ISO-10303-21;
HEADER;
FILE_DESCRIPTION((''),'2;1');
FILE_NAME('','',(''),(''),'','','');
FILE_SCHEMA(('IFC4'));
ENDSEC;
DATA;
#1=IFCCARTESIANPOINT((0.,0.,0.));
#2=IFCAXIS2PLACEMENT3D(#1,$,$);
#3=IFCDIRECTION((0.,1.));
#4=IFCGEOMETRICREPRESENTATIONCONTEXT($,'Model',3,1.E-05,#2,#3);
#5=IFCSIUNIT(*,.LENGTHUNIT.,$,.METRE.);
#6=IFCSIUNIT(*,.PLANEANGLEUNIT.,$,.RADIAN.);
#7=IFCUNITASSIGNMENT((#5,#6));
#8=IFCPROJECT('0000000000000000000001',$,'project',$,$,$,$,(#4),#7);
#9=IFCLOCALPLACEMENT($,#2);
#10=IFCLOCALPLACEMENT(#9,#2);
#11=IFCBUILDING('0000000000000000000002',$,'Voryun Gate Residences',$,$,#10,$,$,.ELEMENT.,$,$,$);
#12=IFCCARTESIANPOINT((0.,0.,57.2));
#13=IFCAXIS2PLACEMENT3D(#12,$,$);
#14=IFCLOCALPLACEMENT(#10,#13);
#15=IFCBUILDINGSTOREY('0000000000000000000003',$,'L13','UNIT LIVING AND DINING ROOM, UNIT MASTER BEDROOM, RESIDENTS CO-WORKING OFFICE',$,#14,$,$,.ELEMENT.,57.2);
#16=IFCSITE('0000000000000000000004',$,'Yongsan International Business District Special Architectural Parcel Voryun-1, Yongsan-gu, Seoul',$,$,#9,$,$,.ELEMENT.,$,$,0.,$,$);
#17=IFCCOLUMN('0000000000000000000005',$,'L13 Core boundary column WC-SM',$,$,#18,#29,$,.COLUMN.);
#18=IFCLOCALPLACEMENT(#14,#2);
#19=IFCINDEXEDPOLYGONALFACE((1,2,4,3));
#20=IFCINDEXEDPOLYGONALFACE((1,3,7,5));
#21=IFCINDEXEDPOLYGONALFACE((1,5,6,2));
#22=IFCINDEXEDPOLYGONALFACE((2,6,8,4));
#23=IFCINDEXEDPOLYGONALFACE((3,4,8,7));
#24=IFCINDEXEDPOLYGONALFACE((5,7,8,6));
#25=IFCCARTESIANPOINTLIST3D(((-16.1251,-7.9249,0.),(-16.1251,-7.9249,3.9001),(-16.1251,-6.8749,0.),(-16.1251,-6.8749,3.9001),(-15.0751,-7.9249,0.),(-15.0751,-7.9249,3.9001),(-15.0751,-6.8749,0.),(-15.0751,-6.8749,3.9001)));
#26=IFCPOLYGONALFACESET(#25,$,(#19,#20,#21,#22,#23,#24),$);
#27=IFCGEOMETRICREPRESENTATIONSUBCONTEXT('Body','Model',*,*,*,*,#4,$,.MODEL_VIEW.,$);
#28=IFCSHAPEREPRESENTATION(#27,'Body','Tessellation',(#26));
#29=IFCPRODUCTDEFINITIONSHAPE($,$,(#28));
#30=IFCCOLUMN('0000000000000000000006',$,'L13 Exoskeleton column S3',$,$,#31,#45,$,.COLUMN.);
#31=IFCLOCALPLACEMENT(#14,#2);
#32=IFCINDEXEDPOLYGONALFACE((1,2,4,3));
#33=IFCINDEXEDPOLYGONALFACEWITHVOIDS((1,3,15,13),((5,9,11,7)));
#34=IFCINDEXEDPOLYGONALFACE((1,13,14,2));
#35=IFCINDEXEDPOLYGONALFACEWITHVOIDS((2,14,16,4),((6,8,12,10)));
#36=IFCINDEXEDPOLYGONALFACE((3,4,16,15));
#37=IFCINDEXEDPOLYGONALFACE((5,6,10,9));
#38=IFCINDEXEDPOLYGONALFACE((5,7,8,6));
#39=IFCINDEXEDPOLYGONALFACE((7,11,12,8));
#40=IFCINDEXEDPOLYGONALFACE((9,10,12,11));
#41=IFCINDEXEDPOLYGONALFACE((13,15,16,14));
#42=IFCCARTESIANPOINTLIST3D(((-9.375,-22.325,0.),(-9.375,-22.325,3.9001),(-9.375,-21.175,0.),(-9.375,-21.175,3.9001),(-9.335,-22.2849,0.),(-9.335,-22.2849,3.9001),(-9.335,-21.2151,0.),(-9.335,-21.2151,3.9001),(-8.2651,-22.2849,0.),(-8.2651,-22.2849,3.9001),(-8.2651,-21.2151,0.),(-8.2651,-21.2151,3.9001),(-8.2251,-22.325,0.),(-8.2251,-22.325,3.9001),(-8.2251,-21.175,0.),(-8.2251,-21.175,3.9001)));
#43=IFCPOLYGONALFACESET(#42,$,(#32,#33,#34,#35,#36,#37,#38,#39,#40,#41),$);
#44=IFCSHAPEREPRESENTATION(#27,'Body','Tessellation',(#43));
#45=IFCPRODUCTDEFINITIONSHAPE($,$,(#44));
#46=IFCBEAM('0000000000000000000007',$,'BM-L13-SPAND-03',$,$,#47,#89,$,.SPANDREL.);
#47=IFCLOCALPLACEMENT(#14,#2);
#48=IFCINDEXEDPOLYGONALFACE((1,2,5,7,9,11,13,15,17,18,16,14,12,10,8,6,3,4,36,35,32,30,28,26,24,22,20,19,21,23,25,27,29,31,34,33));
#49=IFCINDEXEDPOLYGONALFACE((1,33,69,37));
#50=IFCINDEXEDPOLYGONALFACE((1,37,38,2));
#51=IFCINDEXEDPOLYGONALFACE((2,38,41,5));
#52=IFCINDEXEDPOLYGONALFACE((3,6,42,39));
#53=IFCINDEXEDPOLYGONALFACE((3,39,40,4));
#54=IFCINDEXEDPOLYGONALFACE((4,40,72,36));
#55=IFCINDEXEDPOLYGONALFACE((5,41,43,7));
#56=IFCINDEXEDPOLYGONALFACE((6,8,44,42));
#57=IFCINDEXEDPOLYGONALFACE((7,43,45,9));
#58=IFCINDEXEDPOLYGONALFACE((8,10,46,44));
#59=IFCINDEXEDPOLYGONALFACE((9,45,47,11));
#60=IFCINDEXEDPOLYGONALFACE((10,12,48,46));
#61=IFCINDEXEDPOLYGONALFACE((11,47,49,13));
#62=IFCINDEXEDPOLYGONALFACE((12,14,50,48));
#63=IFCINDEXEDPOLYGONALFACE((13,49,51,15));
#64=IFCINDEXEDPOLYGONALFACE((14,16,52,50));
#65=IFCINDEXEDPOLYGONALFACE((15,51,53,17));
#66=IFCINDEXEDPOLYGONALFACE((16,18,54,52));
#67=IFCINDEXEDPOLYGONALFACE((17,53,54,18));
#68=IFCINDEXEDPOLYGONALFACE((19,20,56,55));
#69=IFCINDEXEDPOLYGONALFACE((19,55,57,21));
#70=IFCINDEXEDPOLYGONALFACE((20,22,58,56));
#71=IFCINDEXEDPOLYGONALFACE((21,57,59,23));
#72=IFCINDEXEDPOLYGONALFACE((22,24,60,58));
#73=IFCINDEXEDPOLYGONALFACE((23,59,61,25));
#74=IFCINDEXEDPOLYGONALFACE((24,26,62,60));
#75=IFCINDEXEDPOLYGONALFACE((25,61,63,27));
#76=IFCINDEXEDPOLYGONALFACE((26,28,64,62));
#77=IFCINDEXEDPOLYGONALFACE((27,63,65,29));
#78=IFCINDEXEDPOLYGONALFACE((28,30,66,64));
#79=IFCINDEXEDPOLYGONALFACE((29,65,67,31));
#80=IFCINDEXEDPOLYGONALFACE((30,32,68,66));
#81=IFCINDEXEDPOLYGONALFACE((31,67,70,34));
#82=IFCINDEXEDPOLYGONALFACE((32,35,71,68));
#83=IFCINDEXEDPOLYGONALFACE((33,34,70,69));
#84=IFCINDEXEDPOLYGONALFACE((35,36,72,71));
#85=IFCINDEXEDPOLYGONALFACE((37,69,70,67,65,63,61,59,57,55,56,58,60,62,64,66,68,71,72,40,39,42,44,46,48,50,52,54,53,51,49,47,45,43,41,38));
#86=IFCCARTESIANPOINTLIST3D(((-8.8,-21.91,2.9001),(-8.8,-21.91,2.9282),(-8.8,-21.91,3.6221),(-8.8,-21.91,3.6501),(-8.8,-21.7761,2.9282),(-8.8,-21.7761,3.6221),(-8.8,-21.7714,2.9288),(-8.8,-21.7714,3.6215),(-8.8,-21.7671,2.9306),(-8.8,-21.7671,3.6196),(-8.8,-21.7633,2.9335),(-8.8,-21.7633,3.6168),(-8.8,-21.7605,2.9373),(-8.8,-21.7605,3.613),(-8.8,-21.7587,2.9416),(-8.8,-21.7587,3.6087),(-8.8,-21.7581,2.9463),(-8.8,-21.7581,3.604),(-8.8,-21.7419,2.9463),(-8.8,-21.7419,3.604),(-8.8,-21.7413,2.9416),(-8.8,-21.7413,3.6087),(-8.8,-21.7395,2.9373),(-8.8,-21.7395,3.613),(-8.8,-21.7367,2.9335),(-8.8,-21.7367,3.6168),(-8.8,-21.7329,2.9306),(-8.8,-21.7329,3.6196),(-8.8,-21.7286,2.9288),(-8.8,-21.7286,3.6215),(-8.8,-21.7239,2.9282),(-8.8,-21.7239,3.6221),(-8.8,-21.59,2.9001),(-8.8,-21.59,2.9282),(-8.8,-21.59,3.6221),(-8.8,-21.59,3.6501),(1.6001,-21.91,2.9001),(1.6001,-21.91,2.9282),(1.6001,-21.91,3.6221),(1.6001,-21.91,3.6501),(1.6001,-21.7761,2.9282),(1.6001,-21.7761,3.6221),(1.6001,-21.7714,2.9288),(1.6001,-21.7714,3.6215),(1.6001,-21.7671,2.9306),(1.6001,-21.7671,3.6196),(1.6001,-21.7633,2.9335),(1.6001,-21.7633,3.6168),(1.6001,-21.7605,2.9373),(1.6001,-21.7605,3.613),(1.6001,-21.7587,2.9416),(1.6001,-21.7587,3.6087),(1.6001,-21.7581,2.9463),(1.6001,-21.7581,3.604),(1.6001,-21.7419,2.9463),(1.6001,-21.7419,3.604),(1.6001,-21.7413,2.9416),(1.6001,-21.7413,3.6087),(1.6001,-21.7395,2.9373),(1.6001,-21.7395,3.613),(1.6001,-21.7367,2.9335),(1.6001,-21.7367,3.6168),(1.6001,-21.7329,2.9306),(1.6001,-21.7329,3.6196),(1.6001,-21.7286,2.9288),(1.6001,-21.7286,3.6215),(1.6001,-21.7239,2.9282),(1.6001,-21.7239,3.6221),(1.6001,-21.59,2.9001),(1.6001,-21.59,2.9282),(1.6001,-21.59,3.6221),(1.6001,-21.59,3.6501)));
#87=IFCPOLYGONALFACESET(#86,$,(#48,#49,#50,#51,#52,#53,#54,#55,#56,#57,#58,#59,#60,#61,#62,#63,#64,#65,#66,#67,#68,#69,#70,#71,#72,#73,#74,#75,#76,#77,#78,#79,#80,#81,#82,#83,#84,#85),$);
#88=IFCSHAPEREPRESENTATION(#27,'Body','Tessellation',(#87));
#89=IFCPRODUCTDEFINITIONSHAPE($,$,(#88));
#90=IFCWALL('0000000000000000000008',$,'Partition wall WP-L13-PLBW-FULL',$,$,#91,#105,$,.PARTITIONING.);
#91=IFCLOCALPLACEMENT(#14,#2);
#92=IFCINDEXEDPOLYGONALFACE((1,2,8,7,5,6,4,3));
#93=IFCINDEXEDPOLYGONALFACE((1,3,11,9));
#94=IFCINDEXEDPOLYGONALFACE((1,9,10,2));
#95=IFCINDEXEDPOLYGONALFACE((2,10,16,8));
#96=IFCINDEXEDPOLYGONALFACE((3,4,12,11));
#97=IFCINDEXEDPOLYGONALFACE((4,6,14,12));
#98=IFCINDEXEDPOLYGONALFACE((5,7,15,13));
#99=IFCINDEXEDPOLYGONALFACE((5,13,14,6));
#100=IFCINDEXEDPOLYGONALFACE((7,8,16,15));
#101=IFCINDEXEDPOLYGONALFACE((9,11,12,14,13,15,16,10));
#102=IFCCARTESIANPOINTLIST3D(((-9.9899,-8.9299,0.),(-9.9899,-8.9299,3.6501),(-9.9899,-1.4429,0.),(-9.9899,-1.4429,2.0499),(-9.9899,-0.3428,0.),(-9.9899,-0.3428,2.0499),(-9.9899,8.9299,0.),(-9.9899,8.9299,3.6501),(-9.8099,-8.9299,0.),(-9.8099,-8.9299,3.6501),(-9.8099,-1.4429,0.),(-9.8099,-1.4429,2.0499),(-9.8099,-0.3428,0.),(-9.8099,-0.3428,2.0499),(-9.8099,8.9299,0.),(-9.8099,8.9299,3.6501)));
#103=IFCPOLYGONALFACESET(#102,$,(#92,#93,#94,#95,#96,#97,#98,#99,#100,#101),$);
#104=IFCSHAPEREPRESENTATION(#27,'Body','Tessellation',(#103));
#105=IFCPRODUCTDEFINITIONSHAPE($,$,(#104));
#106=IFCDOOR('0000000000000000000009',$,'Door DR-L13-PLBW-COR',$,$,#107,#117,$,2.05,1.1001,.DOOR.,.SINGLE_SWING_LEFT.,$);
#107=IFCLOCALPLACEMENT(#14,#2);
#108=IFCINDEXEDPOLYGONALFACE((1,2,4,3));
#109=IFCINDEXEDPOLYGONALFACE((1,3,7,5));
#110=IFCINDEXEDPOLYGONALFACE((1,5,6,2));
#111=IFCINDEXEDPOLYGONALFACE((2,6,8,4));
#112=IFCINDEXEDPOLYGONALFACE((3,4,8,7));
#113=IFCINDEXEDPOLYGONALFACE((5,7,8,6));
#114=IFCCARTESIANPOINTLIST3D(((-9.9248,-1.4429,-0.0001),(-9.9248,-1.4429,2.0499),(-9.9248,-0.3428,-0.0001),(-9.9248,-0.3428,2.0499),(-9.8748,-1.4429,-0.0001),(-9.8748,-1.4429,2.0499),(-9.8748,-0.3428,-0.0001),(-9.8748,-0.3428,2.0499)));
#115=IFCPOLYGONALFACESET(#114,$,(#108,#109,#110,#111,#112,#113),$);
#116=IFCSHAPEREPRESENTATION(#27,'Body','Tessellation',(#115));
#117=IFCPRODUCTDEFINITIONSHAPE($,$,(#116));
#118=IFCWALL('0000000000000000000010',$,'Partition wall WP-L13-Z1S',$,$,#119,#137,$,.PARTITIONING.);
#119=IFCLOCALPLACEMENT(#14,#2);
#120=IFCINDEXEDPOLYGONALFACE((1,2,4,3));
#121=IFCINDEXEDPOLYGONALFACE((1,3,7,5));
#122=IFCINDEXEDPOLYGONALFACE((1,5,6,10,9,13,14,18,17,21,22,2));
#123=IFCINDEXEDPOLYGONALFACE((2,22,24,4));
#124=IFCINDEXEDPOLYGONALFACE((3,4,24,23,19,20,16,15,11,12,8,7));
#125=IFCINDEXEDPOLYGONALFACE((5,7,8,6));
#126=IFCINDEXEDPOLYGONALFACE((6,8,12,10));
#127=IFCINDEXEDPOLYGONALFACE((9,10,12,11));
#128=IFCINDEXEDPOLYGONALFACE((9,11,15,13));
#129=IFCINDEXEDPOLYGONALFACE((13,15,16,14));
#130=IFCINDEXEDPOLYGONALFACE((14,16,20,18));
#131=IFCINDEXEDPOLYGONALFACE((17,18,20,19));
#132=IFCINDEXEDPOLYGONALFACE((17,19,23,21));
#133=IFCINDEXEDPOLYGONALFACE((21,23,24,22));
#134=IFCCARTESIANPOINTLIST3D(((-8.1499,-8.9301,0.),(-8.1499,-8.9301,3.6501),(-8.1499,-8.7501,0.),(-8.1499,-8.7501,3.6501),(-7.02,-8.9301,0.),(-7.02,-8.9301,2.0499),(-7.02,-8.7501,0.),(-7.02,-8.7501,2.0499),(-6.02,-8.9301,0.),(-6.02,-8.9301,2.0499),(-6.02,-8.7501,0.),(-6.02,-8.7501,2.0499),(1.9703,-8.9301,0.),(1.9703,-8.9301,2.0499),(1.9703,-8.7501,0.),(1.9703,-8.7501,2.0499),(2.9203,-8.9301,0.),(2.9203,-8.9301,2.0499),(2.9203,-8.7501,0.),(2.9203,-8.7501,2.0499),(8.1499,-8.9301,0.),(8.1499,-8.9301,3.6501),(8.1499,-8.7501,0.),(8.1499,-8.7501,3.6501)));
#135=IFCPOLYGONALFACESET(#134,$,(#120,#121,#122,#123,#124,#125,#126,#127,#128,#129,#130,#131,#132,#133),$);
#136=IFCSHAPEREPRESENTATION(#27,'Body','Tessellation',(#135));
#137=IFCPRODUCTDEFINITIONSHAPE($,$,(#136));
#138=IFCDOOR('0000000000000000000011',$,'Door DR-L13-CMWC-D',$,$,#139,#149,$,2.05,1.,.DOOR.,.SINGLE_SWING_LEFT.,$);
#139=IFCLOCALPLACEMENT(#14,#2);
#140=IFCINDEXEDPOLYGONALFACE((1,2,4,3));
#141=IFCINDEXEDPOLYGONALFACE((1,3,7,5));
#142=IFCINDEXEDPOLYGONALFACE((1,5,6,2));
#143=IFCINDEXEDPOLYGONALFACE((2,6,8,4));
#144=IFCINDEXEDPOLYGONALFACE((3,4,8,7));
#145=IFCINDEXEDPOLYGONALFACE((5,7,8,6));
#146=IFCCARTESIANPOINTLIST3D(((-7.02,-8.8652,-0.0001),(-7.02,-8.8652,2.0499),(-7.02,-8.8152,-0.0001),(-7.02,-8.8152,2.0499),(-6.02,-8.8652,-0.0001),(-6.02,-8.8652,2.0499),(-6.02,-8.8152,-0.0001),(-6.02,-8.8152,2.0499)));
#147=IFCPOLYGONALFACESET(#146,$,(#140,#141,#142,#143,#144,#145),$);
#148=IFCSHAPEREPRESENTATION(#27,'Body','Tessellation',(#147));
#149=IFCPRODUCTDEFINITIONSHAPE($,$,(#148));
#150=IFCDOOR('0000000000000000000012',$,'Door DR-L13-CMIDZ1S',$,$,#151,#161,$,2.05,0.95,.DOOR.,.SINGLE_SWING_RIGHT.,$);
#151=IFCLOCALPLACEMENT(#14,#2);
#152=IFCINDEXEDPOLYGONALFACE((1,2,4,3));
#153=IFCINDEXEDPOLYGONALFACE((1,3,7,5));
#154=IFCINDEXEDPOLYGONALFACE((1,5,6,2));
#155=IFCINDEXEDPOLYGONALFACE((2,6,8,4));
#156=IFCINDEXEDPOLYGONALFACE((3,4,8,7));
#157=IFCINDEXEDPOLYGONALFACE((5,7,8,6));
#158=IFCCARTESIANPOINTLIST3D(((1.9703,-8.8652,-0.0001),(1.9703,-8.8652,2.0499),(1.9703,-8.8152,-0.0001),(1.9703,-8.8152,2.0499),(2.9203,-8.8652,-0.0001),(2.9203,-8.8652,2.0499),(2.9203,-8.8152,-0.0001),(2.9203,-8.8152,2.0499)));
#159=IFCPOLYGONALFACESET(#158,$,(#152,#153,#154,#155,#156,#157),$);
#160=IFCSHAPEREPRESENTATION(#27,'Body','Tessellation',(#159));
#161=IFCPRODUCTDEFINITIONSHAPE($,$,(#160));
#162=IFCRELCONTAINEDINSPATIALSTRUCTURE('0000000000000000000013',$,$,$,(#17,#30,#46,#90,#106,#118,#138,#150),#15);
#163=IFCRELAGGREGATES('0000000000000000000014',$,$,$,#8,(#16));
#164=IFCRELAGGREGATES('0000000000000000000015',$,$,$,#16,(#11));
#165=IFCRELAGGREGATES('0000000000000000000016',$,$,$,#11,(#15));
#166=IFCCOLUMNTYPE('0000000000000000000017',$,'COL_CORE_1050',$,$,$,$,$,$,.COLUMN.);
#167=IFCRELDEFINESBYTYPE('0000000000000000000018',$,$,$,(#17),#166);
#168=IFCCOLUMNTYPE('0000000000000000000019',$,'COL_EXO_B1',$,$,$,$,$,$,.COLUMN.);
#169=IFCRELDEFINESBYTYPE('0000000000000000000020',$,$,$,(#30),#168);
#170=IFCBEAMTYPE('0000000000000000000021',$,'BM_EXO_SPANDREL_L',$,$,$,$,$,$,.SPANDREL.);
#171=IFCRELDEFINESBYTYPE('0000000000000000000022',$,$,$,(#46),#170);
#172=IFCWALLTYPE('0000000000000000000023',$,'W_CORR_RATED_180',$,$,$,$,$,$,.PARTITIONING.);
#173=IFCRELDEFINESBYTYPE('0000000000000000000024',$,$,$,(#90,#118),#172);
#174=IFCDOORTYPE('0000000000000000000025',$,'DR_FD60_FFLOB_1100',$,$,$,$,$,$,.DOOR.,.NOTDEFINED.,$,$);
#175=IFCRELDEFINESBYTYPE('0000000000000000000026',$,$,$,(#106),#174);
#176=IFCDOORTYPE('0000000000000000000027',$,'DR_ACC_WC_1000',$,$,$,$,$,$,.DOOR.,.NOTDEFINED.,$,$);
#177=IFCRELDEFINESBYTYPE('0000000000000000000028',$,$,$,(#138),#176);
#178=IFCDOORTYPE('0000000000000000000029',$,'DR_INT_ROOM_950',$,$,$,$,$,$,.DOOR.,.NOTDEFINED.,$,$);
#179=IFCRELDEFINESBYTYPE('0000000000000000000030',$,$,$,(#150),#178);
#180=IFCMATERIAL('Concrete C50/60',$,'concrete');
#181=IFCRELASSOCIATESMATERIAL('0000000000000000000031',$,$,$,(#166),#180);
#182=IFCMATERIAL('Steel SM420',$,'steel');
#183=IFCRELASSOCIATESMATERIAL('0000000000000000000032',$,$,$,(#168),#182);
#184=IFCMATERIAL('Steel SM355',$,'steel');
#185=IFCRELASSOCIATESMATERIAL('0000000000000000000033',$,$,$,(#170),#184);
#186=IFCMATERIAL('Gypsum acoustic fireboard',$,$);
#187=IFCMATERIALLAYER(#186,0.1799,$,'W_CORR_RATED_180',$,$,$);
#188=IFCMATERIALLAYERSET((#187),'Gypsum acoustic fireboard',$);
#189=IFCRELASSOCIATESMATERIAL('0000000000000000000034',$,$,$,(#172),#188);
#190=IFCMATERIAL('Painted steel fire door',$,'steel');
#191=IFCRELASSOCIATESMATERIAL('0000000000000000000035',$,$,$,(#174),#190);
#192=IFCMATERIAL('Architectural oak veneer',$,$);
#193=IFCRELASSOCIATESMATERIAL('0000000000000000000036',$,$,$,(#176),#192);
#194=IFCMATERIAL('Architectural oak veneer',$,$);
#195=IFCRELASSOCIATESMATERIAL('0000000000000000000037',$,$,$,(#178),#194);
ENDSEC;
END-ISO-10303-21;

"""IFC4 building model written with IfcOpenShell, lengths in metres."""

from ifc_helpers import new_model, si_unit, direction, frame, frame_2d, origin, origin_2d, place, context, subcontext, project, spatial, rectangle, hollow_rectangle, i_section, extrude, material, layer, layer_set, material_profile, profile_set, type_object, element, fill, save


model = new_model("IFC4")

# Units and contexts
model_context = context("Model", 3, precision=1e-05, world=origin(), true_north=direction((0.0, 1.0)))
body_context = subcontext(model_context, "Body", "Model", "MODEL_VIEW")
ifc_project = project(units=[si_unit("LENGTHUNIT", "METRE"), si_unit("PLANEANGLEUNIT", "RADIAN")], contexts=[model_context])

# Site, building, storey
site_placement = place(None, origin())
site = spatial("IfcSite", under=ifc_project, at=site_placement, Name="Yongsan International Business District Special Architectural Parcel Voryun-1, Yongsan-gu, Seoul", CompositionType="ELEMENT", RefElevation=0.0)
building_placement = place(site_placement, origin())
building = spatial("IfcBuilding", under=site, at=building_placement, Name="Voryun Gate Residences", CompositionType="ELEMENT")
storey_placement = place(building_placement, frame((0.0, 0.0, 57.2)))
storey = spatial("IfcBuildingStorey", under=building, at=storey_placement, Name="L13", Description="UNIT LIVING AND DINING ROOM, UNIT MASTER BEDROOM, RESIDENTS CO-WORKING OFFICE", CompositionType="ELEMENT", Elevation=57.2)

# Columns
ifc_material_1 = material(Name="Concrete C50/60", Category="concrete")
ifc_material_profile_1 = material_profile(ifc_material_1, rectangle(XDim=1.05, YDim=1.05, at=origin_2d()), Name="RC-1050x1050")
ifc_profile_set_1 = profile_set([ifc_material_profile_1], Name="Concrete C50/60")
column_type_1 = type_object("IfcColumnType", Name="COL_CORE_1050", PredefinedType="COLUMN", material=ifc_profile_set_1)
column_1_placement = place(storey_placement, frame((-15.6001, -7.3999, 0.0), z_axis=(0.0, 0.0, 1.0), x_axis=(1.0, 0.0, 0.0)))
element("IfcColumn", 1, at=column_1_placement, inside=storey, type_object=column_type_1, Name="L13 Core boundary column WC-SM", PredefinedType="COLUMN", context=body_context, shape_type="SweptSolid", body=[
    extrude(rectangle(XDim=1.05, YDim=1.05, at=origin_2d()), origin(), (0.0, 0.0, 1.0), 3.9001),
])
ifc_material_2 = material(Name="Steel SM420", Category="steel")
ifc_material_profile_2 = material_profile(ifc_material_2, hollow_rectangle(XDim=1.1499, YDim=1.1499, WallThickness=0.04, at=origin_2d()), Name="BOX-1150x1150x40")
ifc_profile_set_2 = profile_set([ifc_material_profile_2], Name="Steel SM420")
column_type_2 = type_object("IfcColumnType", Name="COL_EXO_B1", PredefinedType="COLUMN", material=ifc_profile_set_2)
column_2_placement = place(storey_placement, frame((-8.8, -21.75, 0.0), z_axis=(0.0, 0.0, 1.0), x_axis=(1.0, 0.0, 0.0)))
element("IfcColumn", 2, at=column_2_placement, inside=storey, type_object=column_type_2, Name="L13 Exoskeleton column S3", PredefinedType="COLUMN", context=body_context, shape_type="SweptSolid", body=[
    extrude(hollow_rectangle(XDim=1.1499, YDim=1.1499, WallThickness=0.04, at=origin_2d()), origin(), (0.0, 0.0, 1.0), 3.9001),
])

# Beam
ifc_material_3 = material(Name="Steel SM355", Category="steel")
ifc_material_profile_3 = material_profile(ifc_material_3, i_section(OverallWidth=0.3201, OverallDepth=0.75, WebThickness=0.0161, FlangeThickness=0.0281, FilletRadius=0.0181, at=origin_2d()), Name="H-750x320x16x28")
ifc_profile_set_3 = profile_set([ifc_material_profile_3], Name="Steel SM355")
beam_type = type_object("IfcBeamType", Name="BM_EXO_SPANDREL_L", PredefinedType="SPANDREL", material=ifc_profile_set_3)
beam_placement = place(storey_placement, frame((-8.8, -21.75, 3.2751), z_axis=(1.0, 0.0, 0.0), x_axis=(0.0, 1.0, 0.0)))
element("IfcBeam", 3, at=beam_placement, inside=storey, type_object=beam_type, Name="BM-L13-SPAND-03", PredefinedType="SPANDREL", context=body_context, shape_type="SweptSolid", body=[
    extrude(i_section(OverallWidth=0.3201, OverallDepth=0.75, WebThickness=0.0161, FlangeThickness=0.0281, FilletRadius=0.0181, at=origin_2d()), origin(), (0.0, 0.0, 1.0), 10.4001),
])

# Wall, opening, door
ifc_material_4 = material(Name="Gypsum acoustic fireboard")
ifc_layer_1 = layer(ifc_material_4, 0.1799, Name="W_CORR_RATED_180")
ifc_layer_set_1 = layer_set([ifc_layer_1], Name="Gypsum acoustic fireboard")
wall_type_1 = type_object("IfcWallType", Name="W_CORR_RATED_180", PredefinedType="PARTITIONING", material=ifc_layer_set_1)
wall_1_placement = place(storey_placement, frame((-9.8999, -8.9299, 0.0), z_axis=(0.0, 0.0, 1.0), x_axis=(0.0, 1.0, 0.0)))
wall_1 = element("IfcWall", 4, at=wall_1_placement, inside=storey, type_object=wall_type_1, Name="Partition wall WP-L13-PLBW-FULL", PredefinedType="PARTITIONING", context=body_context, shape_type="SweptSolid", body=[
    extrude(rectangle(XDim=17.8599, YDim=0.1799, at=frame_2d((8.9299, 0.0))), origin(), (0.0, 0.0, 1.0), 3.6501),
])
opening_1_placement = place(wall_1_placement, frame((7.4871, 0.0, 0.0)))
opening_1 = element("IfcOpeningElement", 5, at=opening_1_placement, cuts=wall_1, PredefinedType="OPENING", context=body_context, shape_type="SweptSolid", body=[
    extrude(rectangle(XDim=1.1001, YDim=2.05, at=frame_2d((0.55, 1.0249))), frame((0.0, 0.0999, 0.0), z_axis=(0.0, -1.0, 0.0), x_axis=(1.0, 0.0, 0.0)), (0.0, 0.0, 1.0), 0.2),
])
ifc_material_5 = material(Name="Painted steel fire door", Category="steel")
door_type_1 = type_object("IfcDoorType", Name="DR_FD60_FFLOB_1100", OperationType="NOTDEFINED", PredefinedType="DOOR", material=ifc_material_5)
door_1_placement = place(opening_1_placement, origin())
door_1 = element("IfcDoor", 6, at=door_1_placement, inside=storey, type_object=door_type_1, Name="Door DR-L13-PLBW-COR", OperationType="SINGLE_SWING_LEFT", OverallHeight=2.05, OverallWidth=1.1001, PredefinedType="DOOR", context=body_context, shape_type="SweptSolid", body=[
    extrude(rectangle(XDim=1.1001, YDim=2.05, at=frame_2d((0.55, 1.0249))), frame((0.0, 0.0249, 0.0), z_axis=(0.0, -1.0, 0.0), x_axis=(1.0, 0.0, 0.0)), (0.0, 0.0, 1.0), 0.05),
])
fill(opening_1, door_1)

# Wall, openings, doors
wall_2_placement = place(storey_placement, frame((-8.1499, -8.8401, 0.0), z_axis=(0.0, 0.0, 1.0), x_axis=(1.0, 0.0, 0.0)))
wall_2 = element("IfcWall", 7, at=wall_2_placement, inside=storey, type_object=wall_type_1, Name="Partition wall WP-L13-Z1S", PredefinedType="PARTITIONING", context=body_context, shape_type="SweptSolid", body=[
    extrude(rectangle(XDim=16.2998, YDim=0.1799, at=frame_2d((8.1499, 0.0))), origin(), (0.0, 0.0, 1.0), 3.6501),
])
opening_2_placement = place(wall_2_placement, frame((1.1299, 0.0, 0.0)))
opening_2 = element("IfcOpeningElement", 8, at=opening_2_placement, cuts=wall_2, PredefinedType="OPENING", context=body_context, shape_type="SweptSolid", body=[
    extrude(rectangle(XDim=1.0, YDim=2.05, at=frame_2d((0.5, 1.0249))), frame((0.0, 0.0999, 0.0), z_axis=(0.0, -1.0, 0.0), x_axis=(1.0, 0.0, 0.0)), (0.0, 0.0, 1.0), 0.2),
])
opening_3_placement = place(wall_2_placement, frame((10.1201, 0.0, 0.0)))
opening_3 = element("IfcOpeningElement", 9, at=opening_3_placement, cuts=wall_2, PredefinedType="OPENING", context=body_context, shape_type="SweptSolid", body=[
    extrude(rectangle(XDim=0.95, YDim=2.05, at=frame_2d((0.4751, 1.0249))), frame((0.0, 0.0999, 0.0), z_axis=(0.0, -1.0, 0.0), x_axis=(1.0, 0.0, 0.0)), (0.0, 0.0, 1.0), 0.2),
])
ifc_material_6 = material(Name="Architectural oak veneer")
door_type_2 = type_object("IfcDoorType", Name="DR_ACC_WC_1000", OperationType="NOTDEFINED", PredefinedType="DOOR", material=ifc_material_6)
door_2_placement = place(opening_2_placement, origin())
door_2 = element("IfcDoor", 10, at=door_2_placement, inside=storey, type_object=door_type_2, Name="Door DR-L13-CMWC-D", OperationType="SINGLE_SWING_LEFT", OverallHeight=2.05, OverallWidth=1.0, PredefinedType="DOOR", context=body_context, shape_type="SweptSolid", body=[
    extrude(rectangle(XDim=1.0, YDim=2.05, at=frame_2d((0.5, 1.0249))), frame((0.0, 0.0249, 0.0), z_axis=(0.0, -1.0, 0.0), x_axis=(1.0, 0.0, 0.0)), (0.0, 0.0, 1.0), 0.05),
])
fill(opening_2, door_2)
ifc_material_7 = material(Name="Architectural oak veneer")
door_type_3 = type_object("IfcDoorType", Name="DR_INT_ROOM_950", OperationType="NOTDEFINED", PredefinedType="DOOR", material=ifc_material_7)
door_3_placement = place(opening_3_placement, origin())
door_3 = element("IfcDoor", 11, at=door_3_placement, inside=storey, type_object=door_type_3, Name="Door DR-L13-CMIDZ1S", OperationType="SINGLE_SWING_RIGHT", OverallHeight=2.05, OverallWidth=0.95, PredefinedType="DOOR", context=body_context, shape_type="SweptSolid", body=[
    extrude(rectangle(XDim=0.95, YDim=2.05, at=frame_2d((0.4751, 1.0249))), frame((0.0, 0.0249, 0.0), z_axis=(0.0, -1.0, 0.0), x_axis=(1.0, 0.0, 0.0)), (0.0, 0.0, 1.0), 0.05),
])
fill(opening_3, door_3)

save(model, "model.ifc")
